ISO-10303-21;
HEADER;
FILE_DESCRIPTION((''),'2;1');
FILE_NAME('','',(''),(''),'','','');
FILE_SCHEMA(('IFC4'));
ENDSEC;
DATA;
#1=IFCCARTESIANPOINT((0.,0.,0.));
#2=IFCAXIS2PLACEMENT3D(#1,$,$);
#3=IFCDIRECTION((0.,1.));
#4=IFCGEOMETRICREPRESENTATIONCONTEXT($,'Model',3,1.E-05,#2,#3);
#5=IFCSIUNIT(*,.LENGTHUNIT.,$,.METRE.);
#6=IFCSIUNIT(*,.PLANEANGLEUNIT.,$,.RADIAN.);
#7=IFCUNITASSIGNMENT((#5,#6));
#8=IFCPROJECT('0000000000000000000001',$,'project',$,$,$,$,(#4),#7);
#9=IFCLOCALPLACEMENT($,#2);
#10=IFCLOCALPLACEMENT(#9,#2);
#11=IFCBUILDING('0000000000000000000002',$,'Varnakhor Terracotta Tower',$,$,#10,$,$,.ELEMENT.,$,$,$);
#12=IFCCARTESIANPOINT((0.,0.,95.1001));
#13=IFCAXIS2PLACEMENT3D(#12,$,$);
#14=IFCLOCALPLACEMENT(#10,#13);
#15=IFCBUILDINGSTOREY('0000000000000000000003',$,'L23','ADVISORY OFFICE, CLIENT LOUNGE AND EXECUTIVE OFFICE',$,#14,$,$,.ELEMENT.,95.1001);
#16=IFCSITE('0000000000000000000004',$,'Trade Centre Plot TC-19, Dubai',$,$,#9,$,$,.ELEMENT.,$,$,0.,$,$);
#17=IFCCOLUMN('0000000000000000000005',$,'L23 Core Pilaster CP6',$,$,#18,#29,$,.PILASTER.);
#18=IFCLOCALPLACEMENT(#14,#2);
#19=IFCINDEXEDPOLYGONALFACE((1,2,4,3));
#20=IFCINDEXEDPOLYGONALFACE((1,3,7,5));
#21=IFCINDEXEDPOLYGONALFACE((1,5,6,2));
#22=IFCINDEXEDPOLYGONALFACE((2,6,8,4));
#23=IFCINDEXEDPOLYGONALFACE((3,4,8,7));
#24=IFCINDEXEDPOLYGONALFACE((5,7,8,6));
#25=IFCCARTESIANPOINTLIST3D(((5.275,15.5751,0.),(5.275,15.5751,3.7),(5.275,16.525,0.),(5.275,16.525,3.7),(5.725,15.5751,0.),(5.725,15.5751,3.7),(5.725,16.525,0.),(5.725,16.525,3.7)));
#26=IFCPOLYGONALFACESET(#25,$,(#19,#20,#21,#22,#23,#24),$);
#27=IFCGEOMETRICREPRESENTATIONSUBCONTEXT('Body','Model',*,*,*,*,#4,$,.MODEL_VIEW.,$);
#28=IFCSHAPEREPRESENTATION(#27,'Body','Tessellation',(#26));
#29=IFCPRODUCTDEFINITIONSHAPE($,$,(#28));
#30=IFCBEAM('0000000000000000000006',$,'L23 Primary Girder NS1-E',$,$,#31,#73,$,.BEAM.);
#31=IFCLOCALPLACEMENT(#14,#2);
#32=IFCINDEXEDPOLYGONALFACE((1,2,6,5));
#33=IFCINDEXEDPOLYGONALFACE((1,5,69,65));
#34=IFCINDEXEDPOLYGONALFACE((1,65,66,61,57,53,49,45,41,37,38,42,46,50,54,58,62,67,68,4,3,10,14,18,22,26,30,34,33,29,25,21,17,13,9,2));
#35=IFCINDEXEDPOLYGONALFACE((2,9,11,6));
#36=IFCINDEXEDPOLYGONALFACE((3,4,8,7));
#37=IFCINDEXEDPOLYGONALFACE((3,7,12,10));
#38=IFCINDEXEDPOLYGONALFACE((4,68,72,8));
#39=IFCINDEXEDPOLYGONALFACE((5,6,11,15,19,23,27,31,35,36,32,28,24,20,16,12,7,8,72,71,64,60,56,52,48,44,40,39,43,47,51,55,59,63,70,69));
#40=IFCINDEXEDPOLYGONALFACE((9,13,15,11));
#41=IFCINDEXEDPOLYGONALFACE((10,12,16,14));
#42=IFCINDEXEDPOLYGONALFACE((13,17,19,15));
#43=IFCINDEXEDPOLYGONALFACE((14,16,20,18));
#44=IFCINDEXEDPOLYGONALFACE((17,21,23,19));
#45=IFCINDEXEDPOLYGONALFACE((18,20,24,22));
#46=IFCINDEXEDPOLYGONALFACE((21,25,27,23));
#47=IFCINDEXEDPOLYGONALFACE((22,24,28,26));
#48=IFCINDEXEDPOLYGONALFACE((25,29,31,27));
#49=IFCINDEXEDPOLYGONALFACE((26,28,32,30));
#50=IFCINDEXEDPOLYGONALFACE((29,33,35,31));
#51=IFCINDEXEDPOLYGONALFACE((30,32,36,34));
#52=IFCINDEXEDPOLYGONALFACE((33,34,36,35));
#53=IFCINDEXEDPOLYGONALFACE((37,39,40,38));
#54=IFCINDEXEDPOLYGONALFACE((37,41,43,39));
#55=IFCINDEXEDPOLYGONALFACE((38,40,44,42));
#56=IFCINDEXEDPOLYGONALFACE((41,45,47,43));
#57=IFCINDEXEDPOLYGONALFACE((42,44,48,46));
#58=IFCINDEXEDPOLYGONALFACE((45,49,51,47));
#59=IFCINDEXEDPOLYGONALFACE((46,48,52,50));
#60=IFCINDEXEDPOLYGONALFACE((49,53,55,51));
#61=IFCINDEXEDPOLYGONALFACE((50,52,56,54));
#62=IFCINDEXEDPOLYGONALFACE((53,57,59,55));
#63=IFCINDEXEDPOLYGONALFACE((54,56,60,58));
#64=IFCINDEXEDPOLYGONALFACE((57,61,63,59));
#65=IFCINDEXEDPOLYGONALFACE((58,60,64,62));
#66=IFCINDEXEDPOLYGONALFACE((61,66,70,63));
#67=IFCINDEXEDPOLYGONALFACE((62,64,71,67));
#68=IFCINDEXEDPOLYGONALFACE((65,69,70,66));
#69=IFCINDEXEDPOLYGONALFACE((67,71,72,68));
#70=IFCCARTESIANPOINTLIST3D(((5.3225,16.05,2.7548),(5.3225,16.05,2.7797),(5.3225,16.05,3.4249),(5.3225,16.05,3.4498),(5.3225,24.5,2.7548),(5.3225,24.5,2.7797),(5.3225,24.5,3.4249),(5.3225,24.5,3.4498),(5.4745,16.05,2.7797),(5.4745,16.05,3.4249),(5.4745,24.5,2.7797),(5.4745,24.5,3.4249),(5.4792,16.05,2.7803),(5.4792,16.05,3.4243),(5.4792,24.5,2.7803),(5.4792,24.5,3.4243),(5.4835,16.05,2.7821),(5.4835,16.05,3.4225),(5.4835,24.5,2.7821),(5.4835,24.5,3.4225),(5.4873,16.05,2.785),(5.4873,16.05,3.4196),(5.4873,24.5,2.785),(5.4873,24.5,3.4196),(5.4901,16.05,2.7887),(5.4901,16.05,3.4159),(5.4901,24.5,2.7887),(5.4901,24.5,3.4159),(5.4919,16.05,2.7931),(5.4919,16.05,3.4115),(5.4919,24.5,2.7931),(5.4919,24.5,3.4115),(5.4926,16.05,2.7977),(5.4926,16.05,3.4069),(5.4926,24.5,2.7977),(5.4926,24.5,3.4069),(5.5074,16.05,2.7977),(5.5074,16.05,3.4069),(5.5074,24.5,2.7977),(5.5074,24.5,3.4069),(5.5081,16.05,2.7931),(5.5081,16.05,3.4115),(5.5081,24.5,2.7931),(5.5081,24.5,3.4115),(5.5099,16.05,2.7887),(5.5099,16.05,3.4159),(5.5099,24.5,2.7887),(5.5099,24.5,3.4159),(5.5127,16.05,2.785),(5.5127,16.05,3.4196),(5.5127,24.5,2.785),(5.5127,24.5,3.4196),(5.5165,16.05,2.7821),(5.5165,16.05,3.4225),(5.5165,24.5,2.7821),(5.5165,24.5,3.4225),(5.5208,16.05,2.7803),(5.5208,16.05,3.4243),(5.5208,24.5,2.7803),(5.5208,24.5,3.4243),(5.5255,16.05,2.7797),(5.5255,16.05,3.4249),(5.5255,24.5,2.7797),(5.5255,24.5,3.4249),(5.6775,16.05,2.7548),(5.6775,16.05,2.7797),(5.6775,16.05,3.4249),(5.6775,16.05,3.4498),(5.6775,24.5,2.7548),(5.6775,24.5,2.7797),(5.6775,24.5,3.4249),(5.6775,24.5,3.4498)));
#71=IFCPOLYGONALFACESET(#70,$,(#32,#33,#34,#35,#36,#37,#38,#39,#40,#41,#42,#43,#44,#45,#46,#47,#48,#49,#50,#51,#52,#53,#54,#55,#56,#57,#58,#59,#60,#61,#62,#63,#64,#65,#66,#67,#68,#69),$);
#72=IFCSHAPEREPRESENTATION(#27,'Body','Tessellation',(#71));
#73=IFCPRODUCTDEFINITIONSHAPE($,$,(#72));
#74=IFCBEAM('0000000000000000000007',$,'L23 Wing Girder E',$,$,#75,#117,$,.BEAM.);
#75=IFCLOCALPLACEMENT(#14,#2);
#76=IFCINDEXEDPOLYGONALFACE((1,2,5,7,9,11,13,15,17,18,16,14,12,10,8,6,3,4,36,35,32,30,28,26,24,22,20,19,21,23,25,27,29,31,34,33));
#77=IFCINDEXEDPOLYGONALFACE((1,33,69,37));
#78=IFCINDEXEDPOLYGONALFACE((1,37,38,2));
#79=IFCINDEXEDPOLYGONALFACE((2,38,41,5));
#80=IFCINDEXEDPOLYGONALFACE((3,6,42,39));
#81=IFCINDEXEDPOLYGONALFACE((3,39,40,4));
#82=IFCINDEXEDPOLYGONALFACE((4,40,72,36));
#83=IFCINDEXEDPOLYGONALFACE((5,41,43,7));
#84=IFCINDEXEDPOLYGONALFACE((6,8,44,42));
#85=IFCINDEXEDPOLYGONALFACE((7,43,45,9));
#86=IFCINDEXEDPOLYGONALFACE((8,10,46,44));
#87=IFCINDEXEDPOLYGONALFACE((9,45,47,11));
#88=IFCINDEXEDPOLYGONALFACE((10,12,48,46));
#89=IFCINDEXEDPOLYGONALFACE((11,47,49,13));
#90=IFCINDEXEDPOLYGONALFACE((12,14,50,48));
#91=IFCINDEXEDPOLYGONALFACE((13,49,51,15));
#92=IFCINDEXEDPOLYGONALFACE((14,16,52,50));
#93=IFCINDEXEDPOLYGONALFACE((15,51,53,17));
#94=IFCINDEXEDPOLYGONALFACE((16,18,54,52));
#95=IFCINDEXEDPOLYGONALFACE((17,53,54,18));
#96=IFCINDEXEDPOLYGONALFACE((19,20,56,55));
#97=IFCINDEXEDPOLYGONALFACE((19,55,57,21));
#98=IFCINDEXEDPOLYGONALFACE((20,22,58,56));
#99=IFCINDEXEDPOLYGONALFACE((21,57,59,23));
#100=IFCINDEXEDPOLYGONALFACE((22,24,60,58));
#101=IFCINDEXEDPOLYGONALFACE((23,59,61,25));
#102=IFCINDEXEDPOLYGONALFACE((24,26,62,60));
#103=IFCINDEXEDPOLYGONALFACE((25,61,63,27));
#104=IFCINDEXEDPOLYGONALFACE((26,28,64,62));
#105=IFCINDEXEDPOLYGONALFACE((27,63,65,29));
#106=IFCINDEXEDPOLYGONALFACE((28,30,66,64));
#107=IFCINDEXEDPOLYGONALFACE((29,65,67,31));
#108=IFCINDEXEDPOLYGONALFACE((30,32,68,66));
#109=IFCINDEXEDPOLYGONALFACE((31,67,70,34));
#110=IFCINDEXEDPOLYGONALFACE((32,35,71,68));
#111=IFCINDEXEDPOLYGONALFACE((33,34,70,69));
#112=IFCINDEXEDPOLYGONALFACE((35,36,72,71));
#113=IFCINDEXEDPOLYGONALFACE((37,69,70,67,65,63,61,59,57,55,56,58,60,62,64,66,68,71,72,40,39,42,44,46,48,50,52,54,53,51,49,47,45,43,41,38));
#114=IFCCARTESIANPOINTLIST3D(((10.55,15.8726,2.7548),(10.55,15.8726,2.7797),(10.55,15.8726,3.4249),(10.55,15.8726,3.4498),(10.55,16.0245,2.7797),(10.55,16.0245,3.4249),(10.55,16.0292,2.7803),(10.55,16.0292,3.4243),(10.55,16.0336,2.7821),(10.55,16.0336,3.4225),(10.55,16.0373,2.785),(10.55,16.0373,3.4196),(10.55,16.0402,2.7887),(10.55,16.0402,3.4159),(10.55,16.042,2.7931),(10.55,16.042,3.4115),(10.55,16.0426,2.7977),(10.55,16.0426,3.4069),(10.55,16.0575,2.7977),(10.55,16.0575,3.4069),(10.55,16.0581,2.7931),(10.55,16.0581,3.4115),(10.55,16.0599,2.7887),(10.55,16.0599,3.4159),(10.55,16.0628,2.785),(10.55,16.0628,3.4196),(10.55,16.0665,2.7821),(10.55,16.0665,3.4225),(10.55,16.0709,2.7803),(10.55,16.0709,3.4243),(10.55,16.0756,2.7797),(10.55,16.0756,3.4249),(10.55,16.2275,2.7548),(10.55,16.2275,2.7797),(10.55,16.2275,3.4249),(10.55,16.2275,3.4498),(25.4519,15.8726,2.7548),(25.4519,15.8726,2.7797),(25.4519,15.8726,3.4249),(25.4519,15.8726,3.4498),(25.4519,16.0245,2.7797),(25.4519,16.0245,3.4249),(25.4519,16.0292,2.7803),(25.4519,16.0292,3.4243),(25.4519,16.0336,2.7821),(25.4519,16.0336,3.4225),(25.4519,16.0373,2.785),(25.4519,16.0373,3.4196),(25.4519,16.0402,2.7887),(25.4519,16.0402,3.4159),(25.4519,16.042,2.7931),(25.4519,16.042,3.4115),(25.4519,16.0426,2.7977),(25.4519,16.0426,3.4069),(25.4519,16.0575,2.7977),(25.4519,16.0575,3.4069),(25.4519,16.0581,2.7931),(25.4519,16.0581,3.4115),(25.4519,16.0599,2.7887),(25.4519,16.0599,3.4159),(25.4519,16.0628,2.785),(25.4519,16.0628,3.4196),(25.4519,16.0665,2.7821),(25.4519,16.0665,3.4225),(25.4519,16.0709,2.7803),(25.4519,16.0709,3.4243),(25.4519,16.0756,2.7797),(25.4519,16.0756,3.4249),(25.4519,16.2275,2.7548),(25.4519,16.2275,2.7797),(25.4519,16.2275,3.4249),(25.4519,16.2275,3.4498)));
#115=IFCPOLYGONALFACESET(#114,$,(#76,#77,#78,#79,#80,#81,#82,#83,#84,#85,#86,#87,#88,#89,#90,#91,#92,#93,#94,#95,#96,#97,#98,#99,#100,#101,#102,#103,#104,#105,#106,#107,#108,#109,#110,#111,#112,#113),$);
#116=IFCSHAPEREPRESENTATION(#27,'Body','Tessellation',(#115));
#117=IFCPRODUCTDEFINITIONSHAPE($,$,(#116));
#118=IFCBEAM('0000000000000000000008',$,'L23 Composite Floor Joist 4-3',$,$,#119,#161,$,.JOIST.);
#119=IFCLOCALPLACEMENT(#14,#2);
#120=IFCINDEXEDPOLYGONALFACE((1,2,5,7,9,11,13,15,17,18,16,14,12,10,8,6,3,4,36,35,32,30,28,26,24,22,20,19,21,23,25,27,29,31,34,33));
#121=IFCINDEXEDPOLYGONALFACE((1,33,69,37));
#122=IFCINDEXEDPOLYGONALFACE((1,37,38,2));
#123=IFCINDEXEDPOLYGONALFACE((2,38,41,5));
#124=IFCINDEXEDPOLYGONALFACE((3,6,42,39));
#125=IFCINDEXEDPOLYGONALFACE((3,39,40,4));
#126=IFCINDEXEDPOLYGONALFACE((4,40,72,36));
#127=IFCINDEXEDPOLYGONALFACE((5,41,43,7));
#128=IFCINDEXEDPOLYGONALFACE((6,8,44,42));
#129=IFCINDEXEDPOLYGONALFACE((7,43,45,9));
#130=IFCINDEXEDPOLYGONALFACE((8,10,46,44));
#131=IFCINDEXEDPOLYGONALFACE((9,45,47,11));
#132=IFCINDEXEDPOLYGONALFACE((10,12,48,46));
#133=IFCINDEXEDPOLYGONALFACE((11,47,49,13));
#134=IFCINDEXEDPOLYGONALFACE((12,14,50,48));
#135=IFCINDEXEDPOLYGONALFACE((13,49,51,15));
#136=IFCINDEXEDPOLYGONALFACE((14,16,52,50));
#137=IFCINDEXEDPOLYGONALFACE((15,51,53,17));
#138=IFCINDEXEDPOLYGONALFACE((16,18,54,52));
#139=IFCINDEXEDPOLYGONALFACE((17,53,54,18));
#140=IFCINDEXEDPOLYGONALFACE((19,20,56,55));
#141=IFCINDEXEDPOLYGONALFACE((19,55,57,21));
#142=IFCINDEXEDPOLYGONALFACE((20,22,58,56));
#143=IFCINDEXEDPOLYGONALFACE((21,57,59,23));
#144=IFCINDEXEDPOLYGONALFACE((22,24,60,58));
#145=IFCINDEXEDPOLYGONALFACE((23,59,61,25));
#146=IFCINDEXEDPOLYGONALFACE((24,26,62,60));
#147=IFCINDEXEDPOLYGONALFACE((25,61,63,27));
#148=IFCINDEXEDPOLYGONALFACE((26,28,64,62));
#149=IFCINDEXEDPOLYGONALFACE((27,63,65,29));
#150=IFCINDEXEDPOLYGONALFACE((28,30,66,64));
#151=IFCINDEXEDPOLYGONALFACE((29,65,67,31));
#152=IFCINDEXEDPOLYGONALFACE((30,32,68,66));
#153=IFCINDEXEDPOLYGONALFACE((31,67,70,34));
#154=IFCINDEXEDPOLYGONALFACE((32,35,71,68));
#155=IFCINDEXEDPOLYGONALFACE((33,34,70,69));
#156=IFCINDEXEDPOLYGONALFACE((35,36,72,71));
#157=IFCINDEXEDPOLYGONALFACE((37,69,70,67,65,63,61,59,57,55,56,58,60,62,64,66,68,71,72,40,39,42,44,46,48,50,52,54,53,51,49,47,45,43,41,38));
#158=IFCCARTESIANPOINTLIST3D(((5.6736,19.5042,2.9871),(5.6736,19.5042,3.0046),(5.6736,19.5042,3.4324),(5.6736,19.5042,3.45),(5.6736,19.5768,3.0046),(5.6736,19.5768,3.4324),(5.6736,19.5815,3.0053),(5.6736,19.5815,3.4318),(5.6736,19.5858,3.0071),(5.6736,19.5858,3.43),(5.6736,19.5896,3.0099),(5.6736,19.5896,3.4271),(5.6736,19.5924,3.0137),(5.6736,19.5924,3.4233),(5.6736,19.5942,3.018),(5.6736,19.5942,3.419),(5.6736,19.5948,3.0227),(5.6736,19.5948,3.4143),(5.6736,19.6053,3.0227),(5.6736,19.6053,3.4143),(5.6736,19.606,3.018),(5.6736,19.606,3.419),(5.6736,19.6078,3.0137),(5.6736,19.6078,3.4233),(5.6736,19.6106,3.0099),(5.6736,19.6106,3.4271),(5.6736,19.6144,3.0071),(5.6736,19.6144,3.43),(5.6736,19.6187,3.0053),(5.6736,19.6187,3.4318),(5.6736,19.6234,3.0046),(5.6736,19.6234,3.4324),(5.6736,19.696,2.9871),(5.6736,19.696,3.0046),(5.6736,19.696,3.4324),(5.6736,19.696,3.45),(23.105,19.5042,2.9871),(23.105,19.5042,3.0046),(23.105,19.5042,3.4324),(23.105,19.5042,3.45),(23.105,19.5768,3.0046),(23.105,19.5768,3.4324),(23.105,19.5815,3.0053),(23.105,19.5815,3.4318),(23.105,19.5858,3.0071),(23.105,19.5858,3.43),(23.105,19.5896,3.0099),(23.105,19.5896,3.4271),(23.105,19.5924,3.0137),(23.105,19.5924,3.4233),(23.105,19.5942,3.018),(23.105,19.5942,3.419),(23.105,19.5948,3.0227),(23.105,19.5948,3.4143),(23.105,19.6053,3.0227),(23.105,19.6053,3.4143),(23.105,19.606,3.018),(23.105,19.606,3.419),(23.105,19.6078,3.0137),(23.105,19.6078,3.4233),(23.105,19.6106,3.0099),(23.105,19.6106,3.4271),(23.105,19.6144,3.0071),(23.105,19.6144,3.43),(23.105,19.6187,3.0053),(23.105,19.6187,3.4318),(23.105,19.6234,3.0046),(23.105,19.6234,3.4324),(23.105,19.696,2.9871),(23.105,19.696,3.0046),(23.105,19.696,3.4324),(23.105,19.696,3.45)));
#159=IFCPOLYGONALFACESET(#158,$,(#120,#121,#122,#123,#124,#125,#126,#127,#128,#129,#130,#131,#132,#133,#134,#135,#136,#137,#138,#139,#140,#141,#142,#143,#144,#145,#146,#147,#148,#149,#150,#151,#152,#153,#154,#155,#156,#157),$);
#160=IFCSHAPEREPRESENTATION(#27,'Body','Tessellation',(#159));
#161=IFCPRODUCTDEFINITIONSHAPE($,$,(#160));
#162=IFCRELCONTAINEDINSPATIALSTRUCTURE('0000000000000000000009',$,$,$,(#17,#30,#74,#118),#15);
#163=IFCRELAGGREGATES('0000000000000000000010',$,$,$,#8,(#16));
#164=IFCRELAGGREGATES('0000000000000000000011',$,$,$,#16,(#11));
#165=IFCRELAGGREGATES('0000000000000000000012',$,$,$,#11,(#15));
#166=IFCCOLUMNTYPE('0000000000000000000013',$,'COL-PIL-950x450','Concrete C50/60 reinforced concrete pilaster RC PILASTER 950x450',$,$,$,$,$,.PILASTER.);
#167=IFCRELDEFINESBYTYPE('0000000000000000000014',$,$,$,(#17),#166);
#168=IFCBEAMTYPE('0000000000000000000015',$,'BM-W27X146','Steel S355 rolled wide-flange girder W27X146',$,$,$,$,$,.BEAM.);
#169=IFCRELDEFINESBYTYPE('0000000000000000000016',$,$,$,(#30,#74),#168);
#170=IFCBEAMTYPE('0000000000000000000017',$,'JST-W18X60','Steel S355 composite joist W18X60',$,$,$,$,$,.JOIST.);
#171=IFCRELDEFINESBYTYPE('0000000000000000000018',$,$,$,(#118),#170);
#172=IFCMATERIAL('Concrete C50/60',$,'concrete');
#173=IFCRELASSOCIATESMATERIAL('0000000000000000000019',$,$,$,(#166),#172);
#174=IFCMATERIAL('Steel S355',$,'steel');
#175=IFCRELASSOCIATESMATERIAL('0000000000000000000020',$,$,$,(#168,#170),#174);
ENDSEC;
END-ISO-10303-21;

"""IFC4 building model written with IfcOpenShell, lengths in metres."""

from ifc_helpers import new_model, si_unit, direction, frame, origin, origin_2d, place, context, subcontext, project, spatial, rectangle, i_section, extrude, source, transform, mapped, material, material_profile, profile_set, type_object, type_shapes, element, save


model = new_model("IFC4")

# Units and contexts
model_context = context("Model", 3, precision=1e-05, world=origin(), true_north=direction((0.0, 1.0)))
body_context = subcontext(model_context, "Body", "Model", "MODEL_VIEW")
ifc_project = project(units=[si_unit("LENGTHUNIT", "METRE"), si_unit("PLANEANGLEUNIT", "RADIAN")], contexts=[model_context])

# Site, building, storey
site_placement = place(None, origin())
site = spatial("IfcSite", under=ifc_project, at=site_placement, Name="Trade Centre Plot TC-19, Dubai", CompositionType="ELEMENT", RefElevation=0.0)
building_placement = place(site_placement, origin())
building = spatial("IfcBuilding", under=site, at=building_placement, Name="Varnakhor Terracotta Tower", CompositionType="ELEMENT")
storey_placement = place(building_placement, frame((0.0, 0.0, 95.1001)))
storey = spatial("IfcBuildingStorey", under=building, at=storey_placement, Name="L23", Description="ADVISORY OFFICE, CLIENT LOUNGE AND EXECUTIVE OFFICE", CompositionType="ELEMENT", Elevation=95.1001)

# Column
ifc_material_1 = material(Name="Concrete C50/60", Category="concrete")
ifc_material_profile_1 = material_profile(ifc_material_1, rectangle(XDim=0.45, YDim=0.95, at=origin_2d()), Name="RC PILASTER 950x450")
ifc_profile_set_1 = profile_set([ifc_material_profile_1], Name="Concrete C50/60")
column_type = type_object("IfcColumnType", Name="COL-PIL-950x450", Description="Concrete C50/60 reinforced concrete pilaster RC PILASTER 950x450", PredefinedType="PILASTER", material=ifc_profile_set_1)
shared_shape_1 = source(origin(), body_context, "Body", "SweptSolid", [
    extrude(rectangle(XDim=0.45, YDim=0.95, at=origin_2d()), origin(), (0.0, 0.0, 1.0), 3.7),
])
column_placement = place(storey_placement, frame((5.5, 16.05, 0.0), z_axis=(0.0, 0.0, 1.0), x_axis=(1.0, 0.0, 0.0)))
element("IfcColumn", 1, at=column_placement, inside=storey, type_object=column_type, Name="L23 Core Pilaster CP6", PredefinedType="PILASTER", context=body_context, shape_type="MappedRepresentation", body=[
    mapped(shared_shape_1, transform((0.0, 0.0, 0.0), scale=1.0)),
])

# Beams
ifc_material_2 = material(Name="Steel S355", Category="steel")
ifc_material_profile_2 = material_profile(ifc_material_2, i_section(OverallWidth=0.355, OverallDepth=0.6951, WebThickness=0.0149, FlangeThickness=0.0249, FilletRadius=0.0181, at=origin_2d()), Name="W27X146")
ifc_profile_set_2 = profile_set([ifc_material_profile_2], Name="Steel S355")
beam_type_1 = type_object("IfcBeamType", Name="BM-W27X146", Description="Steel S355 rolled wide-flange girder W27X146", PredefinedType="BEAM", material=ifc_profile_set_2)
shared_shape_2 = source(origin(), body_context, "Body", "SweptSolid", [
    extrude(i_section(OverallWidth=0.355, OverallDepth=0.6951, WebThickness=0.0149, FlangeThickness=0.0249, FilletRadius=0.0181, at=origin_2d()), origin(), (0.0, 0.0, 1.0), 8.45),
])
type_shapes(beam_type_1, [shared_shape_2])
beam_1_placement = place(storey_placement, frame((5.5, 16.05, 3.1023), z_axis=(0.0, 1.0, 0.0), x_axis=(-1.0, 0.0, 0.0)))
element("IfcBeam", 2, at=beam_1_placement, inside=storey, type_object=beam_type_1, Name="L23 Primary Girder NS1-E", PredefinedType="BEAM", context=body_context, shape_type="MappedRepresentation", body=[
    mapped(shared_shape_2, transform((0.0, 0.0, 0.0), scale=1.0)),
])
shared_shape_3 = source(origin(), body_context, "Body", "SweptSolid", [
    extrude(i_section(OverallWidth=0.355, OverallDepth=0.6951, WebThickness=0.0149, FlangeThickness=0.0249, FilletRadius=0.0181, at=origin_2d()), origin(), (0.0, 0.0, 1.0), 14.9019),
])
beam_2_placement = place(storey_placement, frame((10.55, 16.05, 3.1023), z_axis=(1.0, 0.0, 0.0), x_axis=(0.0, 1.0, 0.0)))
element("IfcBeam", 3, at=beam_2_placement, inside=storey, type_object=beam_type_1, Name="L23 Wing Girder E", PredefinedType="BEAM", context=body_context, shape_type="MappedRepresentation", body=[
    mapped(shared_shape_3, transform((0.0, 0.0, 0.0), scale=1.0)),
])
ifc_material_profile_3 = material_profile(ifc_material_2, i_section(OverallWidth=0.1919, OverallDepth=0.4629, WebThickness=0.0105, FlangeThickness=0.0176, FilletRadius=0.0181, at=origin_2d()), Name="W18X60")
ifc_profile_set_3 = profile_set([ifc_material_profile_3], Name="Steel S355")
beam_type_2 = type_object("IfcBeamType", Name="JST-W18X60", Description="Steel S355 composite joist W18X60", PredefinedType="JOIST", material=ifc_profile_set_3)
shared_shape_4 = source(origin(), body_context, "Body", "SweptSolid", [
    extrude(i_section(OverallWidth=0.1919, OverallDepth=0.4629, WebThickness=0.0105, FlangeThickness=0.0176, FilletRadius=0.0181, at=origin_2d()), origin(), (0.0, 0.0, 1.0), 17.4314),
])
beam_3_placement = place(storey_placement, frame((5.6736, 19.6001, 3.2185), z_axis=(1.0, 0.0, 0.0), x_axis=(0.0, 1.0, 0.0)))
element("IfcBeam", 4, at=beam_3_placement, inside=storey, type_object=beam_type_2, Name="L23 Composite Floor Joist 4-3", PredefinedType="JOIST", context=body_context, shape_type="MappedRepresentation", body=[
    mapped(shared_shape_4, transform((0.0, 0.0, 0.0), scale=1.0)),
])

save(model, "model.ifc")
